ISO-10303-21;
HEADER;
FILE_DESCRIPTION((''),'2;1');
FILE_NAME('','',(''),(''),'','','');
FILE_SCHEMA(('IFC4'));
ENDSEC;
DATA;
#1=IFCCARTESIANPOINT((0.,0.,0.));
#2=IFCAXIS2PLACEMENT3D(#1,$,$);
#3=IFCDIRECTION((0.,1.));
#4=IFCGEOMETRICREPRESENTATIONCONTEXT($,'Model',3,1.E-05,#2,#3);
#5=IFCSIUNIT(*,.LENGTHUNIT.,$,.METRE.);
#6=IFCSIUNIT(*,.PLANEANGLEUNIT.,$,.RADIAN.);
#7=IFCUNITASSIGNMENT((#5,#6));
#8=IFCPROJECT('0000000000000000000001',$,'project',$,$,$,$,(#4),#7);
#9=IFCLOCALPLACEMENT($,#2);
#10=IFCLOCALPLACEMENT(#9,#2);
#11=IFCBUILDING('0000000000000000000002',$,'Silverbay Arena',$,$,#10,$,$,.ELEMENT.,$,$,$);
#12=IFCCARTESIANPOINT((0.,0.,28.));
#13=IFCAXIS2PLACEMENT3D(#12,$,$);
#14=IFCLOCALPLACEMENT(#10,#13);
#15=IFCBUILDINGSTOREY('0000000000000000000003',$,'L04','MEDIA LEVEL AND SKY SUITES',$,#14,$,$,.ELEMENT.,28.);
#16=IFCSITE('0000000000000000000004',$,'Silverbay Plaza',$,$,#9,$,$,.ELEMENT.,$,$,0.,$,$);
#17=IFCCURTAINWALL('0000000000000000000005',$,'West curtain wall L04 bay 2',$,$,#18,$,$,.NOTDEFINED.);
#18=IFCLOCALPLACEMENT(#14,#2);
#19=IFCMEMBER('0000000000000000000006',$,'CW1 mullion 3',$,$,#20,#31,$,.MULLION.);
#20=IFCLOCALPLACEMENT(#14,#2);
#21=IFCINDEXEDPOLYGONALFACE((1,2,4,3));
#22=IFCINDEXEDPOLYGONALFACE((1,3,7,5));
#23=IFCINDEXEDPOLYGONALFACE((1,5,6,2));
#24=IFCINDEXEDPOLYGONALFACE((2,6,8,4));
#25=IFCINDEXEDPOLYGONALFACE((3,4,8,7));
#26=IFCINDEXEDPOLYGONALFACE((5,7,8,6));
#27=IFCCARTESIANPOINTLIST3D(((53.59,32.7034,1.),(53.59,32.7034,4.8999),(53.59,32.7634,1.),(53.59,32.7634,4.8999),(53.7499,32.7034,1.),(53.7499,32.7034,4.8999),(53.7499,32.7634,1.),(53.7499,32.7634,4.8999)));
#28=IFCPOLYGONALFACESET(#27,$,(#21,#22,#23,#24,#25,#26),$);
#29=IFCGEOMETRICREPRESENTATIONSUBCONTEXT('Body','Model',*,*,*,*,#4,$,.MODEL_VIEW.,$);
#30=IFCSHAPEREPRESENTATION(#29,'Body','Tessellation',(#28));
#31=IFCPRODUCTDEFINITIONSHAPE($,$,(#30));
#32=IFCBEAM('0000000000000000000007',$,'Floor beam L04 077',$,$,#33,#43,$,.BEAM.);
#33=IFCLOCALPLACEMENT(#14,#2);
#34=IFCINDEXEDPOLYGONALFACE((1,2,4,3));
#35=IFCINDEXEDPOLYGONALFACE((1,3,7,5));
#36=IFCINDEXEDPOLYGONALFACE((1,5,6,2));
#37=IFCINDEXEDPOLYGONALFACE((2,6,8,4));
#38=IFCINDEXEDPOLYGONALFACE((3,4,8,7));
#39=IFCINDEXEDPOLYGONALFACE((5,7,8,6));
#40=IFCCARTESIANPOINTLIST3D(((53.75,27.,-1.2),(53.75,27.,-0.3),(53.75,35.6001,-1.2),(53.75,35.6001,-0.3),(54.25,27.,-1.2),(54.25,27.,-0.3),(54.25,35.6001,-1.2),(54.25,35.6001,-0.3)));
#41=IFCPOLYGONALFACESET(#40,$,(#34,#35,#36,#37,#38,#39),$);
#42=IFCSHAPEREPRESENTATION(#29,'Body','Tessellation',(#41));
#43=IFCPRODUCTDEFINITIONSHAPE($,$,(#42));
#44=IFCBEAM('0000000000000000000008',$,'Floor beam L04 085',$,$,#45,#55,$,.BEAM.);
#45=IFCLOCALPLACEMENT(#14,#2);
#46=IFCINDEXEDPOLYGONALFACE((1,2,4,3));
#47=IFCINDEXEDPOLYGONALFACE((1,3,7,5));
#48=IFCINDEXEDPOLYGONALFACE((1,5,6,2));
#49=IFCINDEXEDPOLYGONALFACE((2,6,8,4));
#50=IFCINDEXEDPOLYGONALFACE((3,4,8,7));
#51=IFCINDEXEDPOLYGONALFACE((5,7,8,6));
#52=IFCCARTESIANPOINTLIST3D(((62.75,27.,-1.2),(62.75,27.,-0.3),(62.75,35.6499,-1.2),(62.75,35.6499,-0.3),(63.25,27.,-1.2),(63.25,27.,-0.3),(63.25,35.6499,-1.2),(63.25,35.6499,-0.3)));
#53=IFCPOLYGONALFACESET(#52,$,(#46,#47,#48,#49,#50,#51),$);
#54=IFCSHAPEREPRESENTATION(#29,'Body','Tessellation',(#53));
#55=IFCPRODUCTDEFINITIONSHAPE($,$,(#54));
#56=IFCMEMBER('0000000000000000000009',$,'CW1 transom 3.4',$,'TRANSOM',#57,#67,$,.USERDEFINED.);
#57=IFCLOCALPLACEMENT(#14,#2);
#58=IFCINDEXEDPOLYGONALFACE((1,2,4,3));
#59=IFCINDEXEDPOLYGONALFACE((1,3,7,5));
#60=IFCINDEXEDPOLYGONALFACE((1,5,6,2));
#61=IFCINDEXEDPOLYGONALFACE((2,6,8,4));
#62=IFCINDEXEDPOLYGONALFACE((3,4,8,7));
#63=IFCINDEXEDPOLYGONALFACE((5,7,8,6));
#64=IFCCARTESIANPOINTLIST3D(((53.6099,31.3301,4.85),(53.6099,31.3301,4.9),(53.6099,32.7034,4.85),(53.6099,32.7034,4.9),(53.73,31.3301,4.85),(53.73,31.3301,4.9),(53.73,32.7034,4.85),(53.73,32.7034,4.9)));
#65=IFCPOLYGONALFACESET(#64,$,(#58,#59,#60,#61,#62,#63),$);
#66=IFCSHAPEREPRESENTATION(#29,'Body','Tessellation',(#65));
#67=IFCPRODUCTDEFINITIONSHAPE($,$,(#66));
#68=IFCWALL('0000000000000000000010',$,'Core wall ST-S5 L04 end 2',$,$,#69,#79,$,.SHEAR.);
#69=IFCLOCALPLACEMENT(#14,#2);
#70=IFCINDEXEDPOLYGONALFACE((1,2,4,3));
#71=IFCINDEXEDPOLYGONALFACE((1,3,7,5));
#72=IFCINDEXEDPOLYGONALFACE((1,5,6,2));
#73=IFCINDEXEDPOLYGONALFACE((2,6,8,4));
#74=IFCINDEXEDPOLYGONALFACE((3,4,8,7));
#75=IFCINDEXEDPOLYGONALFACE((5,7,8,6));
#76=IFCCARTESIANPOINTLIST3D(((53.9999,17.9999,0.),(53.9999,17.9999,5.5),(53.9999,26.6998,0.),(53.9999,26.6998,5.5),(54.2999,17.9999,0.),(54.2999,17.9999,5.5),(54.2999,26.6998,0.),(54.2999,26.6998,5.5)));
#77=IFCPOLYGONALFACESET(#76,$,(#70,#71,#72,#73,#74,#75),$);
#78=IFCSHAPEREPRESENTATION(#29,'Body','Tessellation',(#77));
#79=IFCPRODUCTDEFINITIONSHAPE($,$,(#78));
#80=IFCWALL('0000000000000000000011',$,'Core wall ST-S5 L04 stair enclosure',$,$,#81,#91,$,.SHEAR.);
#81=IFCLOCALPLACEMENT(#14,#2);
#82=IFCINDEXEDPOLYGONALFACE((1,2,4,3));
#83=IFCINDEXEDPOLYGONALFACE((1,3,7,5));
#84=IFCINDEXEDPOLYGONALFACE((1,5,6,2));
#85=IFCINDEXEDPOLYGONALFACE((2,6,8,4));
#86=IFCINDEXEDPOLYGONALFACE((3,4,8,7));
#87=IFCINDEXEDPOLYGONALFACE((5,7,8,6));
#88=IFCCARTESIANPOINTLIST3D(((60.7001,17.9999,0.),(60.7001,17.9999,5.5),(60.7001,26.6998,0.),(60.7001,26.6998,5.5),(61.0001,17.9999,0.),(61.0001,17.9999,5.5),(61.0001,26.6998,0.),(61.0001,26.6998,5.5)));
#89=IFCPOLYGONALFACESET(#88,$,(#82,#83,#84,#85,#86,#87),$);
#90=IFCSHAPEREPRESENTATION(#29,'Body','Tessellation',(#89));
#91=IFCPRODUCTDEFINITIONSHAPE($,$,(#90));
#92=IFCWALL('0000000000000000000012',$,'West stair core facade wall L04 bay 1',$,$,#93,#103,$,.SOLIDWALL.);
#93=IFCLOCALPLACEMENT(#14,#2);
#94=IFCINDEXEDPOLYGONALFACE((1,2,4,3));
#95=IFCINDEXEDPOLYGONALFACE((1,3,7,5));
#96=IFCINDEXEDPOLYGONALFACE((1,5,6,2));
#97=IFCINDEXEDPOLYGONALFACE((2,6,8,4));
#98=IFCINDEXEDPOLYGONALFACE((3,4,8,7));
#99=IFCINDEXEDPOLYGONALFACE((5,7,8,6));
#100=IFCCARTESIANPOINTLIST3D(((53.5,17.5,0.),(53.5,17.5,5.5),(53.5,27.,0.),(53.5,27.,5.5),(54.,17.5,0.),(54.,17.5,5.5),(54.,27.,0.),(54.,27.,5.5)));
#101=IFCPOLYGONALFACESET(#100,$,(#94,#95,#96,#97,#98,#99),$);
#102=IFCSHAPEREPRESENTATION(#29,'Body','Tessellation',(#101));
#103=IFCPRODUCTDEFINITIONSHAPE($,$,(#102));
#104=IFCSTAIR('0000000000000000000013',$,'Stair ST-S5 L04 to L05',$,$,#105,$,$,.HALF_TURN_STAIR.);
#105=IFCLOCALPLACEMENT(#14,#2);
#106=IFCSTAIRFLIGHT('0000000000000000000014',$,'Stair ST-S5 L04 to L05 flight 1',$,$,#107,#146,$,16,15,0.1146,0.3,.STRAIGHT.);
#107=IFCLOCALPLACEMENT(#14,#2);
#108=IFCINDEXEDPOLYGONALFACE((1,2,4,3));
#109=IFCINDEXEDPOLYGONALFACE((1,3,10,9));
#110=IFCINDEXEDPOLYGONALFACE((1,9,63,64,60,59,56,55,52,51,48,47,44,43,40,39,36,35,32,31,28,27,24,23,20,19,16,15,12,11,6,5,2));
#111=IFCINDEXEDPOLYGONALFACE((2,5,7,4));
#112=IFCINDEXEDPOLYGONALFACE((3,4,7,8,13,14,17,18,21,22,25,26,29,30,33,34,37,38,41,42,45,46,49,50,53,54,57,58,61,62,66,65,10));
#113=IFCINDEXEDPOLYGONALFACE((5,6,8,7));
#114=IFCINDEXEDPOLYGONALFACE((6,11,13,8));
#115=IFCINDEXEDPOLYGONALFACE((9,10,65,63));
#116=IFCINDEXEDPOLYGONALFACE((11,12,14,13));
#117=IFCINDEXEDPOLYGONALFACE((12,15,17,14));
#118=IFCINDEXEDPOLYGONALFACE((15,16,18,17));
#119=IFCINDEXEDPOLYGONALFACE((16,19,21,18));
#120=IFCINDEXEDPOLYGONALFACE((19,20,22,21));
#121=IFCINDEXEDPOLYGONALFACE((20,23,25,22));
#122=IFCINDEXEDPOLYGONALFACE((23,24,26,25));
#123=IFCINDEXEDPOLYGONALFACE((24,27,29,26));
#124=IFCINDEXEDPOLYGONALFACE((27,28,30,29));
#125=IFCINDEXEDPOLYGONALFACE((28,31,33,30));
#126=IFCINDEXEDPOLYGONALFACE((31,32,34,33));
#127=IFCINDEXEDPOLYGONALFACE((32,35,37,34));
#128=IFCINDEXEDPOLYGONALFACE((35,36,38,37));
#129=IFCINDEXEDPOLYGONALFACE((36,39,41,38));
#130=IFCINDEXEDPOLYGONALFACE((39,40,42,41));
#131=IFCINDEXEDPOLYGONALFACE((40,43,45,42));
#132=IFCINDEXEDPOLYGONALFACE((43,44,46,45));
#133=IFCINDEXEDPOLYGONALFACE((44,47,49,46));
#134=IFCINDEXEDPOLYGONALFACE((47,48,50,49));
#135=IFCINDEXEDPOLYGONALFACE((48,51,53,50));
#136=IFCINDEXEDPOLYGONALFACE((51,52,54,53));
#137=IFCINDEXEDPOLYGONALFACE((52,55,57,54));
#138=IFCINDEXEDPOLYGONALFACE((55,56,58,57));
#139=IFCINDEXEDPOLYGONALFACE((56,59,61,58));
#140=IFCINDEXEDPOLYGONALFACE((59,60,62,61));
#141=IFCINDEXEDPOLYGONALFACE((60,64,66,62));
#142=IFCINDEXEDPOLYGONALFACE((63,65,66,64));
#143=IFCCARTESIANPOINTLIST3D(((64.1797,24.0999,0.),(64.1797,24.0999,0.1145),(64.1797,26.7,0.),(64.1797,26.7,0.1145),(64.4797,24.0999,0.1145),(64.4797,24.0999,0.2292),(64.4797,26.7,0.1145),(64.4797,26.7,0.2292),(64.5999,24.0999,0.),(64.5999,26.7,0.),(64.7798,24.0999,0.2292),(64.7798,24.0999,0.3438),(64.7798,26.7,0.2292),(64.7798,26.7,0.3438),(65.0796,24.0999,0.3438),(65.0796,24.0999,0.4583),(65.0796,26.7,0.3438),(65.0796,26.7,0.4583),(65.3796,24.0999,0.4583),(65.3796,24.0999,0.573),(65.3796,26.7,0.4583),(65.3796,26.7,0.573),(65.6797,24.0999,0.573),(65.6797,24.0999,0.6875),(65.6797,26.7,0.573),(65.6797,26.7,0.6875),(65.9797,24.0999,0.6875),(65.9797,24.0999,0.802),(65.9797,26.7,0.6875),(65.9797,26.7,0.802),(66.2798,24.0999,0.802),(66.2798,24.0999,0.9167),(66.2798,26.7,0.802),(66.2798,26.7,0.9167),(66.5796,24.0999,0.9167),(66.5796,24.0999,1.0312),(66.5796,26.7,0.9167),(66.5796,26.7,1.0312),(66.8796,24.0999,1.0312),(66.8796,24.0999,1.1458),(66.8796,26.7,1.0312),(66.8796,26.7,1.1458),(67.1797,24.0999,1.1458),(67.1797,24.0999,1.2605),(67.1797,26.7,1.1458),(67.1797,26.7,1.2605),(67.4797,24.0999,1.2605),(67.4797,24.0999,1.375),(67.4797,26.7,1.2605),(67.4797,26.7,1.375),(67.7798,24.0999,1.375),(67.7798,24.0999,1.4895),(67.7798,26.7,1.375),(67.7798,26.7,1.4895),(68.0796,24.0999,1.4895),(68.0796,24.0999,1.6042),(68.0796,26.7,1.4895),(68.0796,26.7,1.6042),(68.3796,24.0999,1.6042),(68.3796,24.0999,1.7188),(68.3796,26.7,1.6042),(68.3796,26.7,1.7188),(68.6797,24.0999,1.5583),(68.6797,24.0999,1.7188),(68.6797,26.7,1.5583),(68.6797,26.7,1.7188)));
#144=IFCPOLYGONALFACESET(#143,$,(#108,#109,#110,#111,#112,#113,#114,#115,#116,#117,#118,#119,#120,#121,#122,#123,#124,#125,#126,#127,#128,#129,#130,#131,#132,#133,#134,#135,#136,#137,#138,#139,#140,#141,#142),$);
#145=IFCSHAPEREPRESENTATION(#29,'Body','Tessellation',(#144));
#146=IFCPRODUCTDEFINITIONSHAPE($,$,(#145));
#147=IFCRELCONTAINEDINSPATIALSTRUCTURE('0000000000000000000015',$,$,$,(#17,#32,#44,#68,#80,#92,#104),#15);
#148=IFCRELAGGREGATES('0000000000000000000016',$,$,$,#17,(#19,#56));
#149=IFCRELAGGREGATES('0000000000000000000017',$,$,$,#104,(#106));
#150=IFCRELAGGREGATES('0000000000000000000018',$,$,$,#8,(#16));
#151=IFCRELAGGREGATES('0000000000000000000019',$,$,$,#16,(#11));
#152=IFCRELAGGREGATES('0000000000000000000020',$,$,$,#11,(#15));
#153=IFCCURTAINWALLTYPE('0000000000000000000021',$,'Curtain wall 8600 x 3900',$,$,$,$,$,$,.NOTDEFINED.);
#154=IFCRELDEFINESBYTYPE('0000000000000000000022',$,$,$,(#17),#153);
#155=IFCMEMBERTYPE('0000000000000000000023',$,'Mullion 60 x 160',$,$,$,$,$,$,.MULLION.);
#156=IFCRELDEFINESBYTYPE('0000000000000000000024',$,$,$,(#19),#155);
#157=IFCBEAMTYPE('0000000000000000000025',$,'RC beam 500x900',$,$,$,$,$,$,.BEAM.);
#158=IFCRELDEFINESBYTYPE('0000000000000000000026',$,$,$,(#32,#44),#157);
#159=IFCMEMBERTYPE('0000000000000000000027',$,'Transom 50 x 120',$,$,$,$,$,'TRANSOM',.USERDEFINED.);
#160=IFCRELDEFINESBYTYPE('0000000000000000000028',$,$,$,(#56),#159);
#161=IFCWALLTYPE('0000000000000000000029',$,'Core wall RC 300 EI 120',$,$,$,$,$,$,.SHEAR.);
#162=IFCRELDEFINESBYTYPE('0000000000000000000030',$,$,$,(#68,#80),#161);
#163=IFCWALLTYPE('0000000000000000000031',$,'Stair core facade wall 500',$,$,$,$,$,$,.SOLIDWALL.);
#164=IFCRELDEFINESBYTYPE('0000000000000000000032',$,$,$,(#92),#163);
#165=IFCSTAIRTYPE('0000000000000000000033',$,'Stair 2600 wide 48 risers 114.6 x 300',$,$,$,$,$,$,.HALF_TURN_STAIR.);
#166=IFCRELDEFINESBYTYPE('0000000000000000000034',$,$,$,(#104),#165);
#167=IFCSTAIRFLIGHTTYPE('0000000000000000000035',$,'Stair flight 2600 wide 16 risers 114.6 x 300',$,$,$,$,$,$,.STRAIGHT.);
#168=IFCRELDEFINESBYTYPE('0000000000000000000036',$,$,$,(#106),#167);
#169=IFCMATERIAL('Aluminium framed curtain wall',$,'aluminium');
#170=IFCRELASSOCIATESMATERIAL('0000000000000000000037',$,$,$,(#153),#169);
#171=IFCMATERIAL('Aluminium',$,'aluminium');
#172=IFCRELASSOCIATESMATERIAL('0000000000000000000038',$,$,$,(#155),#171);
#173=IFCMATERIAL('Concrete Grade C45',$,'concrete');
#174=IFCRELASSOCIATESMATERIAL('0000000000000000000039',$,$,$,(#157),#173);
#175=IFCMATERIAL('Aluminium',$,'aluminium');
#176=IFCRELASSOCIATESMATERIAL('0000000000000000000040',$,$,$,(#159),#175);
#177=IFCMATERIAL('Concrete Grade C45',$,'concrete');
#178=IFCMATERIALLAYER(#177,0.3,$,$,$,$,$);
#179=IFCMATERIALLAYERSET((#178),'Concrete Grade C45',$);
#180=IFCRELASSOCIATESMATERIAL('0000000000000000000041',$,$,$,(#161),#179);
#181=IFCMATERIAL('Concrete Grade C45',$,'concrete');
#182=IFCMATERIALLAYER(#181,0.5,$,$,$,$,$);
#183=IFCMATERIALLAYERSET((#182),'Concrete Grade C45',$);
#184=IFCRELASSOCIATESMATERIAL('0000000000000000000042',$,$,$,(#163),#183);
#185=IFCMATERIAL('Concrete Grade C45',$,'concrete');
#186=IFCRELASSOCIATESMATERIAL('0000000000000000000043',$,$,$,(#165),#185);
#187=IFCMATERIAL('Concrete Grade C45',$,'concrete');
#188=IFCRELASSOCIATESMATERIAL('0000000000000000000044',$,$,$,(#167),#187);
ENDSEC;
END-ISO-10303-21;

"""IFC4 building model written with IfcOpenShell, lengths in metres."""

from ifc_helpers import new_model, si_unit, direction, frame, frame_2d, origin, origin_2d, place, context, subcontext, project, spatial, polyline, rectangle, outline, extrude, material, layer, layer_set, material_profile, profile_set, type_object, element, aggregate, save


model = new_model("IFC4")

# Units and contexts
model_context = context("Model", 3, precision=1e-05, world=origin(), true_north=direction((0.0, 1.0)))
body_context = subcontext(model_context, "Body", "Model", "MODEL_VIEW")
ifc_project = project(units=[si_unit("LENGTHUNIT", "METRE"), si_unit("PLANEANGLEUNIT", "RADIAN")], contexts=[model_context])

# Site, building, storey
site_placement = place(None, origin())
site = spatial("IfcSite", under=ifc_project, at=site_placement, Name="Silverbay Plaza", CompositionType="ELEMENT", RefElevation=0.0)
building_placement = place(site_placement, origin())
building = spatial("IfcBuilding", under=site, at=building_placement, Name="Silverbay Arena", CompositionType="ELEMENT")
storey_placement = place(building_placement, frame((0.0, 0.0, 28.0)))
storey = spatial("IfcBuildingStorey", under=building, at=storey_placement, Name="L04", Description="MEDIA LEVEL AND SKY SUITES", CompositionType="ELEMENT", Elevation=28.0)

# Curtain wall, member
ifc_material_1 = material(Name="Aluminium framed curtain wall", Category="aluminium")
curtain_wall_type = type_object("IfcCurtainWallType", Name="Curtain wall 8600 x 3900", PredefinedType="NOTDEFINED", material=ifc_material_1)
curtain_wall_placement = place(storey_placement, origin())
curtain_wall = element("IfcCurtainWall", 1, at=curtain_wall_placement, inside=storey, type_object=curtain_wall_type, Name="West curtain wall L04 bay 2", PredefinedType="NOTDEFINED")
ifc_material_2 = material(Name="Aluminium", Category="aluminium")
ifc_material_profile_1 = material_profile(ifc_material_2, rectangle(XDim=0.1599, YDim=0.0601, at=origin_2d()), Name="Mullion 60 x 160")
ifc_profile_set_1 = profile_set([ifc_material_profile_1], Name="Aluminium")
member_type_1 = type_object("IfcMemberType", Name="Mullion 60 x 160", PredefinedType="MULLION", material=ifc_profile_set_1)
member_1_placement = place(storey_placement, frame((53.6699, 32.7334, 1.0), z_axis=(0.0, 0.0, 1.0), x_axis=(1.0, 0.0, 0.0)))
member_1 = element("IfcMember", 2, at=member_1_placement, type_object=member_type_1, Name="CW1 mullion 3", PredefinedType="MULLION", context=body_context, shape_type="SweptSolid", body=[
    extrude(rectangle(XDim=0.1599, YDim=0.0601, at=origin_2d()), origin(), (0.0, 0.0, 1.0), 3.8999),
])

# Beams
ifc_material_3 = material(Name="Concrete Grade C45", Category="concrete")
ifc_material_profile_2 = material_profile(ifc_material_3, rectangle(XDim=0.5, YDim=0.8999, at=origin_2d()), Name="RC 500x900")
ifc_profile_set_2 = profile_set([ifc_material_profile_2], Name="Concrete Grade C45")
beam_type = type_object("IfcBeamType", Name="RC beam 500x900", PredefinedType="BEAM", material=ifc_profile_set_2)
beam_1_placement = place(storey_placement, frame((54.0, 27.0, -0.75), z_axis=(0.0, 1.0, 0.0), x_axis=(-1.0, 0.0, 0.0)))
element("IfcBeam", 3, at=beam_1_placement, inside=storey, type_object=beam_type, Name="Floor beam L04 077", PredefinedType="BEAM", context=body_context, shape_type="SweptSolid", body=[
    extrude(rectangle(XDim=0.5, YDim=0.8999, at=origin_2d()), origin(), (0.0, 0.0, 1.0), 8.6001),
])
beam_2_placement = place(storey_placement, frame((63.0, 27.0, -0.75), z_axis=(0.0, 1.0, 0.0), x_axis=(-1.0, 0.0, 0.0)))
element("IfcBeam", 4, at=beam_2_placement, inside=storey, type_object=beam_type, Name="Floor beam L04 085", PredefinedType="BEAM", context=body_context, shape_type="SweptSolid", body=[
    extrude(rectangle(XDim=0.5, YDim=0.8999, at=origin_2d()), origin(), (0.0, 0.0, 1.0), 8.6499),
])

# Member
ifc_material_4 = material(Name="Aluminium", Category="aluminium")
ifc_material_profile_3 = material_profile(ifc_material_4, rectangle(XDim=0.1201, YDim=0.05, at=origin_2d()), Name="Transom 50 x 120")
ifc_profile_set_3 = profile_set([ifc_material_profile_3], Name="Aluminium")
member_type_2 = type_object("IfcMemberType", Name="Transom 50 x 120", ElementType="TRANSOM", PredefinedType="USERDEFINED", material=ifc_profile_set_3)
member_2_placement = place(storey_placement, frame((53.6699, 32.7034, 4.875), z_axis=(0.0, -1.0, 0.0), x_axis=(1.0, 0.0, 0.0)))
member_2 = element("IfcMember", 5, at=member_2_placement, type_object=member_type_2, Name="CW1 transom 3.4", ObjectType="TRANSOM", PredefinedType="USERDEFINED", context=body_context, shape_type="SweptSolid", body=[
    extrude(rectangle(XDim=0.1201, YDim=0.05, at=origin_2d()), origin(), (0.0, 0.0, 1.0), 1.3733),
])
aggregate(curtain_wall, [member_1, member_2])

# Walls
ifc_material_5 = material(Name="Concrete Grade C45", Category="concrete")
ifc_layer_1 = layer(ifc_material_5, 0.3)
ifc_layer_set_1 = layer_set([ifc_layer_1], Name="Concrete Grade C45")
wall_type_1 = type_object("IfcWallType", Name="Core wall RC 300 EI 120", PredefinedType="SHEAR", material=ifc_layer_set_1)
for number, where, z_axis, x_axis, name in (
    (6, (54.1499, 26.7, 0.0), (0.0, 0.0, 1.0), (0.0, -1.0, 0.0), "Core wall ST-S5 L04 end 2"),
    (7, (60.8501, 26.7, 0.0), (0.0, 0.0, 1.0), (0.0, -1.0, 0.0), "Core wall ST-S5 L04 stair enclosure"),
):
    element("IfcWall", number, at=place(storey_placement, frame(where, z_axis=z_axis, x_axis=x_axis)), inside=storey, type_object=wall_type_1, Name=name, PredefinedType="SHEAR", context=body_context, shape_type="SweptSolid", body=[
        extrude(rectangle(XDim=8.7, YDim=0.3, at=frame_2d((4.3501, 0.0))), origin(), (0.0, 0.0, 1.0), 5.5),
    ])
ifc_material_6 = material(Name="Concrete Grade C45", Category="concrete")
ifc_layer_2 = layer(ifc_material_6, 0.5)
ifc_layer_set_2 = layer_set([ifc_layer_2], Name="Concrete Grade C45")
wall_type_2 = type_object("IfcWallType", Name="Stair core facade wall 500", PredefinedType="SOLIDWALL", material=ifc_layer_set_2)
wall_placement = place(storey_placement, frame((53.75, 27.0, 0.0), z_axis=(0.0, 0.0, 1.0), x_axis=(0.0, -1.0, 0.0)))
element("IfcWall", 8, at=wall_placement, inside=storey, type_object=wall_type_2, Name="West stair core facade wall L04 bay 1", PredefinedType="SOLIDWALL", context=body_context, shape_type="SweptSolid", body=[
    extrude(rectangle(XDim=9.5, YDim=0.5, at=frame_2d((4.75, 0.0))), origin(), (0.0, 0.0, 1.0), 5.5),
])

# Stair, stair flight
ifc_material_7 = material(Name="Concrete Grade C45", Category="concrete")
stair_type = type_object("IfcStairType", Name="Stair 2600 wide 48 risers 114.6 x 300", PredefinedType="HALF_TURN_STAIR", material=ifc_material_7)
stair_placement = place(storey_placement, origin())
stair = element("IfcStair", 9, at=stair_placement, inside=storey, type_object=stair_type, Name="Stair ST-S5 L04 to L05", PredefinedType="HALF_TURN_STAIR")
ifc_material_8 = material(Name="Concrete Grade C45", Category="concrete")
stair_flight_type = type_object("IfcStairFlightType", Name="Stair flight 2600 wide 16 risers 114.6 x 300", PredefinedType="STRAIGHT", material=ifc_material_8)
stair_flight_1_placement = place(storey_placement, frame((64.1797, 25.3999, 0.0), z_axis=(0.0, 0.0, 1.0), x_axis=(1.0, 0.0, 0.0)))
stair_flight_1 = element("IfcStairFlight", 10, at=stair_flight_1_placement, type_object=stair_flight_type, Name="Stair ST-S5 L04 to L05 flight 1", NumberOfRisers=16, NumberOfTreads=15, PredefinedType="STRAIGHT", RiserHeight=0.1146, TreadLength=0.3, context=body_context, shape_type="SweptSolid", body=[
    extrude(outline(polyline([(0.0, 0.0), (0.0, 0.1145), (0.3, 0.1145), (0.3, 0.2292), (0.6001, 0.2292), (0.6001, 0.3438), (0.8999, 0.3438), (0.8999, 0.4583), (1.2, 0.4583), (1.2, 0.573), (1.5, 0.573), (1.5, 0.6875), (1.8, 0.6875), (1.8, 0.802), (2.1001, 0.802), (2.1001, 0.9167), (2.3999, 0.9167), (2.3999, 1.0312), (2.7, 1.0312), (2.7, 1.1458), (3.0, 1.1458), (3.0, 1.2605), (3.3, 1.2605), (3.3, 1.375), (3.6001, 1.375), (3.6001, 1.4895), (3.8999, 1.4895), (3.8999, 1.6042), (4.2, 1.6042), (4.2, 1.7188), (4.5, 1.7188), (4.5, 1.5583), (0.4202, 0.0), (0.0, 0.0)])), frame((0.0, 1.3, 0.0), z_axis=(0.0, -1.0, 0.0), x_axis=(1.0, 0.0, 0.0)), (0.0, 0.0, 1.0), 2.6001),
])
aggregate(stair, [stair_flight_1])

save(model, "model.ifc")
